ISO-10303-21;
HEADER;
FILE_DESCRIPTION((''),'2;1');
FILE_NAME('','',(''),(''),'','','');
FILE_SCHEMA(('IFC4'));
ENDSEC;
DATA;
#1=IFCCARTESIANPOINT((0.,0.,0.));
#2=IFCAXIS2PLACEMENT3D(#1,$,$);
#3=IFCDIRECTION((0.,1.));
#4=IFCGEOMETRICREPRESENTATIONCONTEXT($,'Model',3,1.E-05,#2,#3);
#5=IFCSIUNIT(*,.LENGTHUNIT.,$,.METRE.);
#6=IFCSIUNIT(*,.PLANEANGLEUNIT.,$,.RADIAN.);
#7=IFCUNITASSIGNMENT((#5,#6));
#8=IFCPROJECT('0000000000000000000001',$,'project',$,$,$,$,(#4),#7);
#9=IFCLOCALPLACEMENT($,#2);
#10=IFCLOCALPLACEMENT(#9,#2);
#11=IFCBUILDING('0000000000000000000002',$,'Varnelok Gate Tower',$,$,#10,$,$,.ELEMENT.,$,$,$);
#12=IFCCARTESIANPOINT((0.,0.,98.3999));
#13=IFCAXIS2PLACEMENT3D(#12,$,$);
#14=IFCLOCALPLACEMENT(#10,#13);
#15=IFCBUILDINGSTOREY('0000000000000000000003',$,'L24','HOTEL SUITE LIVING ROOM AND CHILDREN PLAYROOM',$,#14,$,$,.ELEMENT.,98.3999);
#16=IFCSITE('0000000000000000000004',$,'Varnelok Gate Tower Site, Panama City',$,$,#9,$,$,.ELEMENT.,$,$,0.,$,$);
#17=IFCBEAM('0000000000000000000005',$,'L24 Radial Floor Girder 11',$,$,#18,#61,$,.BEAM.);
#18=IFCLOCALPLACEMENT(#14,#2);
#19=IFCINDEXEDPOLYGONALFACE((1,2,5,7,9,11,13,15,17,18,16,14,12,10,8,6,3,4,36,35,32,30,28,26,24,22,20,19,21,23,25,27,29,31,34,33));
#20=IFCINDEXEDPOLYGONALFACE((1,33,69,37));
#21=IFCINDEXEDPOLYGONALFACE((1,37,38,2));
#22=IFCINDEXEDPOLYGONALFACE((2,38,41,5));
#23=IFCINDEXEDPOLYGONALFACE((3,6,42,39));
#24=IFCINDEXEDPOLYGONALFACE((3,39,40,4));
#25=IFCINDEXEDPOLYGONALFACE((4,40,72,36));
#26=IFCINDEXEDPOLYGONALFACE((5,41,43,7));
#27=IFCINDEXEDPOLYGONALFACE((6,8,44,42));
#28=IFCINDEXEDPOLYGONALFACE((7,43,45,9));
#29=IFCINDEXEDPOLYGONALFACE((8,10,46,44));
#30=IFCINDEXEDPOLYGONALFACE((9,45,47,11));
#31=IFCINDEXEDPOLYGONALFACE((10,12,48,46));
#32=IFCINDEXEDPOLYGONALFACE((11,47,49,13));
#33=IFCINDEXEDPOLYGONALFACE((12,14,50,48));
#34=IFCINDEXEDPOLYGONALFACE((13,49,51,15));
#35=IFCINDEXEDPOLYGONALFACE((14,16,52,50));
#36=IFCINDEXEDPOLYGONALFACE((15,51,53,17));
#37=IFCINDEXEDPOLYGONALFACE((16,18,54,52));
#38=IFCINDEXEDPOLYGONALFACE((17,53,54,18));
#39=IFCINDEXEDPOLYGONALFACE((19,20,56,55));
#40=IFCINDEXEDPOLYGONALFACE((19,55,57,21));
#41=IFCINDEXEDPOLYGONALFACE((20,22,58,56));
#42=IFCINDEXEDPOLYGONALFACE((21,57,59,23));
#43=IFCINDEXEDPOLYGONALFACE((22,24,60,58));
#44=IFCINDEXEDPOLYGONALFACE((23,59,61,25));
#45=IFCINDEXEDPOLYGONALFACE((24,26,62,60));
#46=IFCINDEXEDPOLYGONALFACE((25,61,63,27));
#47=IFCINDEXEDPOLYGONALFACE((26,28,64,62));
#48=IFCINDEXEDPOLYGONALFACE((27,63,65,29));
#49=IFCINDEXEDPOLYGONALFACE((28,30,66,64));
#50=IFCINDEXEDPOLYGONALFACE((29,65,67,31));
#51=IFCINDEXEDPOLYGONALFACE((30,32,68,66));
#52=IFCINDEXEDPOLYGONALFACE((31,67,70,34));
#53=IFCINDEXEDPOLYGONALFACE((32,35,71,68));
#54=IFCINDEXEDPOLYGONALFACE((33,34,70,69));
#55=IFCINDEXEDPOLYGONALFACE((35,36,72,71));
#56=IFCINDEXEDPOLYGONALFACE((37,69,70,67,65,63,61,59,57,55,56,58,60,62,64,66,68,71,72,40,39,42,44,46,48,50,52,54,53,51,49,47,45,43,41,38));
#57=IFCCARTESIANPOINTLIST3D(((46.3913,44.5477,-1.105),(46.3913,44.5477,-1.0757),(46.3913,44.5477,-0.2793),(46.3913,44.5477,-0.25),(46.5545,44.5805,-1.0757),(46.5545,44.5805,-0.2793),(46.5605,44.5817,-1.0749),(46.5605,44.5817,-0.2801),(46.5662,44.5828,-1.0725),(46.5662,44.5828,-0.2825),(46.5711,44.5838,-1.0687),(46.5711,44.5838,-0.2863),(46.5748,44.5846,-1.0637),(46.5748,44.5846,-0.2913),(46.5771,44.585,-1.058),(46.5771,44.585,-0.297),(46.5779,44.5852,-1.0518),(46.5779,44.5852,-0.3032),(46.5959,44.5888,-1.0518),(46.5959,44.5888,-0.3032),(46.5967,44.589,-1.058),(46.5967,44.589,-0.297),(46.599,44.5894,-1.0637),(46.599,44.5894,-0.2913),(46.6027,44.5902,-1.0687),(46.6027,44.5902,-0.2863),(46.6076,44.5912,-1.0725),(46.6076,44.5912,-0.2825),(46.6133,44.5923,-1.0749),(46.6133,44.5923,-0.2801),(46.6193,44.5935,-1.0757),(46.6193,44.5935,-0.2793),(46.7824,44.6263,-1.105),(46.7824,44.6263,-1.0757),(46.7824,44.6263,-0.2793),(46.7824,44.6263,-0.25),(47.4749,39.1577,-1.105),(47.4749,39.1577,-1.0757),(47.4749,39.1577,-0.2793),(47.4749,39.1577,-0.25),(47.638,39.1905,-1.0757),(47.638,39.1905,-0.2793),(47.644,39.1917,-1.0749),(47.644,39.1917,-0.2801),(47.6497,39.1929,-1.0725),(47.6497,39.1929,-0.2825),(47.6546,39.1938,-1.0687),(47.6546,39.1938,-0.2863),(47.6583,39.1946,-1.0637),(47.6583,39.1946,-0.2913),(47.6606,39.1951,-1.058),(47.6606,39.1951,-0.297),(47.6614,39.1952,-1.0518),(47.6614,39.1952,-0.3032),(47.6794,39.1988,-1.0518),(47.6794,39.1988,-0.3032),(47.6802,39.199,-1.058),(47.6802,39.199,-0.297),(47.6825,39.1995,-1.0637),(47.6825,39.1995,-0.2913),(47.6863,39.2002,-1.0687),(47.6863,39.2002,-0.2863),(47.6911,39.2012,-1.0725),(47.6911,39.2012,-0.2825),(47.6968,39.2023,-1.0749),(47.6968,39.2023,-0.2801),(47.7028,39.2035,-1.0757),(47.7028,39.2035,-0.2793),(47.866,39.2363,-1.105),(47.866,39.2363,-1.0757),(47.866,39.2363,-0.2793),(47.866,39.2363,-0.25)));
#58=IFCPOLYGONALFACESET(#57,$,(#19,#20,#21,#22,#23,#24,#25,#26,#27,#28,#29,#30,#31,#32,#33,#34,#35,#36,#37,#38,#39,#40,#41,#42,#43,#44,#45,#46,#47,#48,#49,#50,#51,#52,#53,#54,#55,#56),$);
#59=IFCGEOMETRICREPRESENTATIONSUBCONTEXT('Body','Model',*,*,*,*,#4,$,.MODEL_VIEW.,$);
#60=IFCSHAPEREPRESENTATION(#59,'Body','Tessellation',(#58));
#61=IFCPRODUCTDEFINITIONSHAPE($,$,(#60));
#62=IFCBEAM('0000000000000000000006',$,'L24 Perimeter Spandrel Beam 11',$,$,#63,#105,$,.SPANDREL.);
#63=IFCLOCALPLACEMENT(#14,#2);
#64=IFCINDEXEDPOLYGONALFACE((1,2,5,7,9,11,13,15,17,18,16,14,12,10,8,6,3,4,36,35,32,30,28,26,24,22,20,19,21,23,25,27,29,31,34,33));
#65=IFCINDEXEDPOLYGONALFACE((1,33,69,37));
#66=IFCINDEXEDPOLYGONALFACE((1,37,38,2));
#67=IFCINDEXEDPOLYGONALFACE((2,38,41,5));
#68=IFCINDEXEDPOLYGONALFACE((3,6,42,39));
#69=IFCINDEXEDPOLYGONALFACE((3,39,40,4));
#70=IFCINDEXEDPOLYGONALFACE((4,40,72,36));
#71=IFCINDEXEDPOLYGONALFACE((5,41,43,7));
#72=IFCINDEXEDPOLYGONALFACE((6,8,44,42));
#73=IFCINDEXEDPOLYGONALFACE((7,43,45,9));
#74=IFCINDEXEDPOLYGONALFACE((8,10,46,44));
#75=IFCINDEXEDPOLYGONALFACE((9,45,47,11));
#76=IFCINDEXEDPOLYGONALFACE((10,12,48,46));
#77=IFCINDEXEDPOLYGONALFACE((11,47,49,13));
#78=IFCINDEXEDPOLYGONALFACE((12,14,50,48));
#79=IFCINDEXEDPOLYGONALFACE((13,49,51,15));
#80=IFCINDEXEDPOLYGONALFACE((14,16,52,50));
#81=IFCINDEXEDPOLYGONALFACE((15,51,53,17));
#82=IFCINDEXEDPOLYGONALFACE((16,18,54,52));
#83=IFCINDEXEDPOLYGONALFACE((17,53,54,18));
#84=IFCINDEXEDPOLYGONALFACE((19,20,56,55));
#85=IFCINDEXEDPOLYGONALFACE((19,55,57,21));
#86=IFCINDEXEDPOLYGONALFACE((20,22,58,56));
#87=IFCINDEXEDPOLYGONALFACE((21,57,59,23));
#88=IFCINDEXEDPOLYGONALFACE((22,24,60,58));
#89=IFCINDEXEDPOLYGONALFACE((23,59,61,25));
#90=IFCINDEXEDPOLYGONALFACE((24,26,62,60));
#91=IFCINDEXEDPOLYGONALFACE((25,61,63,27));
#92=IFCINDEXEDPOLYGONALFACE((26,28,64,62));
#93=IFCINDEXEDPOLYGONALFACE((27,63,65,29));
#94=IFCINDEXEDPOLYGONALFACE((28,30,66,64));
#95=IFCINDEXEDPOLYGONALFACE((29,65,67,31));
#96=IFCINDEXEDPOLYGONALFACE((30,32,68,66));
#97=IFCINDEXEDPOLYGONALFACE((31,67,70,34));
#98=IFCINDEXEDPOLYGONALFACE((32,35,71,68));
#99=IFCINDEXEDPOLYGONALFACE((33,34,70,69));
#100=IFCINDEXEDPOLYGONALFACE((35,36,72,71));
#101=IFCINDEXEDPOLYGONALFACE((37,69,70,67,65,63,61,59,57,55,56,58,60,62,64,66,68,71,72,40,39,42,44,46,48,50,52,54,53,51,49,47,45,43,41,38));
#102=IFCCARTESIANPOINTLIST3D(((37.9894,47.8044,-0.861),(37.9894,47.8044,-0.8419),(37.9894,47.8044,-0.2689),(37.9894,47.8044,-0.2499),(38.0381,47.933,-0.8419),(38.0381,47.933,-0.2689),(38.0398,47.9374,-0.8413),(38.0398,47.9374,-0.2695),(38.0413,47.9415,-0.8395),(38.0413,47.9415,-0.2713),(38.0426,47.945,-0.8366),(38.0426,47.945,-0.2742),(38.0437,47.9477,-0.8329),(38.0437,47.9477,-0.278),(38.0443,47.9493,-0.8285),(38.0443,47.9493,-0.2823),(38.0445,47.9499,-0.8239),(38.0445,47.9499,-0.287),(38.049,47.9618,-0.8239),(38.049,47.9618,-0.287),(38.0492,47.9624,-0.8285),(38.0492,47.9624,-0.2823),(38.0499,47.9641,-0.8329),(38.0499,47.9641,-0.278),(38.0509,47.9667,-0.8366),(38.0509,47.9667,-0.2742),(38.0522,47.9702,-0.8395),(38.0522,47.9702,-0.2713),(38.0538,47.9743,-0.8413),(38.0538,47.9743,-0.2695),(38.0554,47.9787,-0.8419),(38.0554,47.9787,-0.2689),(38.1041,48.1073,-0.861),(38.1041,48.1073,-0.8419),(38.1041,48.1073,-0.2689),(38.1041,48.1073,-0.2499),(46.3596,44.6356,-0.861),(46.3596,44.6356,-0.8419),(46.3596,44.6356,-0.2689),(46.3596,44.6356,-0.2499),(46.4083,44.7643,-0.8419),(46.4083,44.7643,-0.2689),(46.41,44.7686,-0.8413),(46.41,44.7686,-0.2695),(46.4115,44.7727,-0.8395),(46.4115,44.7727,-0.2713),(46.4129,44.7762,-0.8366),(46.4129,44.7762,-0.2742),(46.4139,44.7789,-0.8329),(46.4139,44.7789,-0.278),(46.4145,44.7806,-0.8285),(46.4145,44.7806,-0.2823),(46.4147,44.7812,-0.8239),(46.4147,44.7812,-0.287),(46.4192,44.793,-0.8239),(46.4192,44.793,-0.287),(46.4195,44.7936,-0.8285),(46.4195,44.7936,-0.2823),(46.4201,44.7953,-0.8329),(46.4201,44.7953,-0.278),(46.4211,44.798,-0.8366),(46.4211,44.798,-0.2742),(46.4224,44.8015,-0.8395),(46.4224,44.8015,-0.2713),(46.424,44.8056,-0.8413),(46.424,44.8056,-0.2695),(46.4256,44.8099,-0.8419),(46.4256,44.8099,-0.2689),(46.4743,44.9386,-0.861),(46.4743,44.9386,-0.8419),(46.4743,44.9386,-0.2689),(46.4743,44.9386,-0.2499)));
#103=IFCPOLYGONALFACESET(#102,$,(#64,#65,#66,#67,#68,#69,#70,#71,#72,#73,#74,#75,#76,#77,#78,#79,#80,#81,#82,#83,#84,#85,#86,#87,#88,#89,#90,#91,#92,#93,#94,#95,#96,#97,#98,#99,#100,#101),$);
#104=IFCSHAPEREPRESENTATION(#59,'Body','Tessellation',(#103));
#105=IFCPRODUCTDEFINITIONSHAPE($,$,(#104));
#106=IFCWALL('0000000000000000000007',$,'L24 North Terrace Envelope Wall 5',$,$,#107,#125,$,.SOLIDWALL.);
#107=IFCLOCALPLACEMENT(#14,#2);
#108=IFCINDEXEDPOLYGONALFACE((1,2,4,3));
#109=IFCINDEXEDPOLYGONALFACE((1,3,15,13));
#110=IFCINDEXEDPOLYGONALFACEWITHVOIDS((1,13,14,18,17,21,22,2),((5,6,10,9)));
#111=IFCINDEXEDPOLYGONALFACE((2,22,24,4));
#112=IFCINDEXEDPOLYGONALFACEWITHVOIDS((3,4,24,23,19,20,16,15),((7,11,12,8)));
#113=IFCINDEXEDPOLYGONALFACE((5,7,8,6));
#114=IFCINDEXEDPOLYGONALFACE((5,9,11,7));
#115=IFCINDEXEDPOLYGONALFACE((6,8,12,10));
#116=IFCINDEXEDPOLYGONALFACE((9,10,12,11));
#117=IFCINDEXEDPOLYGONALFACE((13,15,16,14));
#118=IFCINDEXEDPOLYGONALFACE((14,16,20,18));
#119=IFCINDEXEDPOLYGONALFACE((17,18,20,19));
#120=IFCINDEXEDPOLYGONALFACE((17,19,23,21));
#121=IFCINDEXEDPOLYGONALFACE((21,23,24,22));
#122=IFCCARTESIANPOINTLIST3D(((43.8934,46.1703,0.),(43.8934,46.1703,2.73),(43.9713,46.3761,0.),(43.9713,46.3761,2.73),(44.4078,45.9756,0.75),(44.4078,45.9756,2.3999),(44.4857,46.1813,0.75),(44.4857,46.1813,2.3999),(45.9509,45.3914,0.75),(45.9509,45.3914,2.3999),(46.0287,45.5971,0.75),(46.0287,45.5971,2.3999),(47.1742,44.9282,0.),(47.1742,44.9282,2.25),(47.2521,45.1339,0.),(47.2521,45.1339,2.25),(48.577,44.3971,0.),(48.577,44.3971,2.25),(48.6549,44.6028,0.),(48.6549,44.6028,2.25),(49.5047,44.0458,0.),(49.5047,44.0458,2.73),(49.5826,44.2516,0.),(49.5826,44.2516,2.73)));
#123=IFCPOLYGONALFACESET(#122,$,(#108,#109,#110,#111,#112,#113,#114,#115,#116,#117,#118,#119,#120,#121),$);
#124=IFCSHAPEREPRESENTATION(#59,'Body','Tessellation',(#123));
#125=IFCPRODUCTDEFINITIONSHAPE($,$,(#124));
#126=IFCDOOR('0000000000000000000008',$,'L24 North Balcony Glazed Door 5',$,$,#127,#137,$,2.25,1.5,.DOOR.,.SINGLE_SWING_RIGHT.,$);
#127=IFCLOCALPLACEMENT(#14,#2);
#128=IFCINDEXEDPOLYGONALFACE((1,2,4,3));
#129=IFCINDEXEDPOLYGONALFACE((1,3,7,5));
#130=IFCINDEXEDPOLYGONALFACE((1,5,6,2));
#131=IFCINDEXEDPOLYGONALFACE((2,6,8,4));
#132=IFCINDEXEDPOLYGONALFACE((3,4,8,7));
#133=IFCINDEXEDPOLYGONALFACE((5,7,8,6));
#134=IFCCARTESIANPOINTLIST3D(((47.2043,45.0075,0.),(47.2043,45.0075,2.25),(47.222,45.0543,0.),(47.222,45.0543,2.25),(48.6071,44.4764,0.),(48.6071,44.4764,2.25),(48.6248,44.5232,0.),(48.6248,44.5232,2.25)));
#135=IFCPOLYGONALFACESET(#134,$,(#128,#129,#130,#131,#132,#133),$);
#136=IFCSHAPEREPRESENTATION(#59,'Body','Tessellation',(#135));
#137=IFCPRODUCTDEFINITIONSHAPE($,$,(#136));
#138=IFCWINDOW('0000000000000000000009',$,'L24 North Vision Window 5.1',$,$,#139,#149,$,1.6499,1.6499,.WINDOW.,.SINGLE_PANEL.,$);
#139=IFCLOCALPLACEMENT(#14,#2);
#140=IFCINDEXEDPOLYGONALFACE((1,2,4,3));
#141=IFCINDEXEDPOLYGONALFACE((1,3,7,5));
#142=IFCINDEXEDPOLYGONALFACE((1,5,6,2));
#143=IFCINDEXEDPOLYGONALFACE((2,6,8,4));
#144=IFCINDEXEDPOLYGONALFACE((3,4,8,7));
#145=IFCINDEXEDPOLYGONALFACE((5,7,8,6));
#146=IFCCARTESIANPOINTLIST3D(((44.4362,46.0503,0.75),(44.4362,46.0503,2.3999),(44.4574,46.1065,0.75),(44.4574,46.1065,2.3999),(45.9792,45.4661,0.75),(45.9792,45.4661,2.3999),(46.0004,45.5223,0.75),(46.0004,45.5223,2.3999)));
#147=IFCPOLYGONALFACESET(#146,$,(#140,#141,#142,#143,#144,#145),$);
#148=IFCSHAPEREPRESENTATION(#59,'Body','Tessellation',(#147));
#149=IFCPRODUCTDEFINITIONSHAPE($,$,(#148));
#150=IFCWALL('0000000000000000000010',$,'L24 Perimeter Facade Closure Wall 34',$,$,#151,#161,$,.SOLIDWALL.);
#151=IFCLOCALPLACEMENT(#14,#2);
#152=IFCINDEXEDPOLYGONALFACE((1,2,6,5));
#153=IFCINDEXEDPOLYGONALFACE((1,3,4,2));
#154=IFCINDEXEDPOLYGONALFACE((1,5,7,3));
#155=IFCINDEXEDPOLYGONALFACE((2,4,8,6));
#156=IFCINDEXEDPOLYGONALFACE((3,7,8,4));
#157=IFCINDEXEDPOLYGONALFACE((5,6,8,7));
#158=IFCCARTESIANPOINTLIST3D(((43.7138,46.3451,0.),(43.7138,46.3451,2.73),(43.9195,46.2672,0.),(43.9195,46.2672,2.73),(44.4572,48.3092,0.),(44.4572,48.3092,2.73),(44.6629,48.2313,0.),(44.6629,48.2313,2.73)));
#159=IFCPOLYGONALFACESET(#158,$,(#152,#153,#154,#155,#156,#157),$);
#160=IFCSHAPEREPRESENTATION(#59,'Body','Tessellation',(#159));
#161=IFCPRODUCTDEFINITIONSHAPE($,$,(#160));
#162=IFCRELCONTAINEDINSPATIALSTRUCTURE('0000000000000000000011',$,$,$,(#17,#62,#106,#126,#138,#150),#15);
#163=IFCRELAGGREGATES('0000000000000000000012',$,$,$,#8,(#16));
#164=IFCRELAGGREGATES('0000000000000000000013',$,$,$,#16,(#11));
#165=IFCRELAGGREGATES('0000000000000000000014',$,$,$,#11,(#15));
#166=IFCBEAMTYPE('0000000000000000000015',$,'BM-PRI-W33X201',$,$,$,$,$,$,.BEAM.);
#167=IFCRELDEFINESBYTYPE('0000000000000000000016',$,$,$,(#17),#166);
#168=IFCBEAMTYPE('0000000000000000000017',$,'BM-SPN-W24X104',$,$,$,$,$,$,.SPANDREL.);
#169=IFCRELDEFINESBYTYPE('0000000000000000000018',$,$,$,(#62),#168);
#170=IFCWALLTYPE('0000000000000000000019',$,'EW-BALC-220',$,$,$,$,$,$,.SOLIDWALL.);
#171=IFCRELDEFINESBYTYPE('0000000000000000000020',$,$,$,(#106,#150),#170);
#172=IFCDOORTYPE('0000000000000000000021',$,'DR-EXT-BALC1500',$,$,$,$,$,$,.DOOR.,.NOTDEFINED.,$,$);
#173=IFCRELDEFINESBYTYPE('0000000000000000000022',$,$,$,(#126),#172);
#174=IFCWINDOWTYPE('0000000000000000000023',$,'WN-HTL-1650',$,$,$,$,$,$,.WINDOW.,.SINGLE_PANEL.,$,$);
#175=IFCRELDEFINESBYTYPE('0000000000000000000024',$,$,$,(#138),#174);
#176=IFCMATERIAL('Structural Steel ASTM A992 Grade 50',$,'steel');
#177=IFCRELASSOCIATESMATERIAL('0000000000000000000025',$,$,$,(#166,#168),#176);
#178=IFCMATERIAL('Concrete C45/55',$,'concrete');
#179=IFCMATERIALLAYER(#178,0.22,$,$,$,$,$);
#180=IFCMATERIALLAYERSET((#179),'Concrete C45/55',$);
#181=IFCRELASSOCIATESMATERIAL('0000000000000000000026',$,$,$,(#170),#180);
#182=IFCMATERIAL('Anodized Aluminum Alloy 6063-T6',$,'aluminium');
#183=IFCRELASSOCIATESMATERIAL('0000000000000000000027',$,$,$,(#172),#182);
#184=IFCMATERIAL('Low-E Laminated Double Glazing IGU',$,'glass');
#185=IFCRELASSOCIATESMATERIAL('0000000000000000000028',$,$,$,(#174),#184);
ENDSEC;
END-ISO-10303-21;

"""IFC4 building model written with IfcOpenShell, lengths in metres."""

from ifc_helpers import new_model, si_unit, direction, frame, frame_2d, origin, origin_2d, place, context, subcontext, project, spatial, rectangle, i_section, extrude, material, layer, layer_set, material_profile, profile_set, type_object, element, fill, save


model = new_model("IFC4")

# Units and contexts
model_context = context("Model", 3, precision=1e-05, world=origin(), true_north=direction((0.0, 1.0)))
body_context = subcontext(model_context, "Body", "Model", "MODEL_VIEW")
ifc_project = project(units=[si_unit("LENGTHUNIT", "METRE"), si_unit("PLANEANGLEUNIT", "RADIAN")], contexts=[model_context])

# Site, building, storey
site_placement = place(None, origin())
site = spatial("IfcSite", under=ifc_project, at=site_placement, Name="Varnelok Gate Tower Site, Panama City", CompositionType="ELEMENT", RefElevation=0.0)
building_placement = place(site_placement, origin())
building = spatial("IfcBuilding", under=site, at=building_placement, Name="Varnelok Gate Tower", CompositionType="ELEMENT")
storey_placement = place(building_placement, frame((0.0, 0.0, 98.3999)))
storey = spatial("IfcBuildingStorey", under=building, at=storey_placement, Name="L24", Description="HOTEL SUITE LIVING ROOM AND CHILDREN PLAYROOM", CompositionType="ELEMENT", Elevation=98.3999)

# Shared definitions
ifc_material_1 = material(Name="Structural Steel ASTM A992 Grade 50", Category="steel")

# Beams
ifc_material_profile_1 = material_profile(ifc_material_1, i_section(OverallWidth=0.3989, OverallDepth=0.855, WebThickness=0.0183, FlangeThickness=0.0293, FilletRadius=0.0239, at=origin_2d()), Name="W33X201")
ifc_profile_set_1 = profile_set([ifc_material_profile_1], Name="Structural Steel ASTM A992 Grade 50")
beam_type_1 = type_object("IfcBeamType", Name="BM-PRI-W33X201", PredefinedType="BEAM", material=ifc_profile_set_1)
beam_1_placement = place(storey_placement, frame((47.6704, 39.197, -0.6775), z_axis=(-0.197081, 0.980387, 0.0), x_axis=(-0.980387, -0.197081, 0.0)))
element("IfcBeam", 1, at=beam_1_placement, inside=storey, type_object=beam_type_1, Name="L24 Radial Floor Girder 11", PredefinedType="BEAM", context=body_context, shape_type="SweptSolid", body=[
    extrude(i_section(OverallWidth=0.3989, OverallDepth=0.855, WebThickness=0.0183, FlangeThickness=0.0293, FilletRadius=0.0239, at=origin_2d()), origin(), (0.0, 0.0, 1.0), 5.4978),
])
ifc_material_profile_2 = material_profile(ifc_material_1, i_section(OverallWidth=0.324, OverallDepth=0.6111, WebThickness=0.0127, FlangeThickness=0.019, FilletRadius=0.0181, at=origin_2d()), Name="W24X104")
ifc_profile_set_2 = profile_set([ifc_material_profile_2], Name="Structural Steel ASTM A992 Grade 50")
beam_type_2 = type_object("IfcBeamType", Name="BM-SPN-W24X104", PredefinedType="SPANDREL", material=ifc_profile_set_2)
beam_2_placement = place(storey_placement, frame((46.417, 44.7871, -0.5554), z_axis=(-0.935226, 0.354051, 0.0), x_axis=(-0.354051, -0.935226, 0.0)))
element("IfcBeam", 2, at=beam_2_placement, inside=storey, type_object=beam_type_2, Name="L24 Perimeter Spandrel Beam 11", PredefinedType="SPANDREL", context=body_context, shape_type="SweptSolid", body=[
    extrude(i_section(OverallWidth=0.324, OverallDepth=0.6111, WebThickness=0.0127, FlangeThickness=0.019, FilletRadius=0.0181, at=origin_2d()), origin(), (0.0, 0.0, 1.0), 8.95),
])

# Wall, openings, door, window
ifc_material_2 = material(Name="Concrete C45/55", Category="concrete")
ifc_layer_1 = layer(ifc_material_2, 0.22)
ifc_layer_set_1 = layer_set([ifc_layer_1], Name="Concrete C45/55")
wall_type_1 = type_object("IfcWallType", Name="EW-BALC-220", PredefinedType="SOLIDWALL", material=ifc_layer_set_1)
wall_1_placement = place(storey_placement, frame((43.9324, 46.2732, 0.0), z_axis=(0.0, 0.0, 1.0), x_axis=(0.935214, -0.354083, 0.0)))
wall_1 = element("IfcWall", 3, at=wall_1_placement, inside=storey, type_object=wall_type_1, Name="L24 North Terrace Envelope Wall 5", PredefinedType="SOLIDWALL", context=body_context, shape_type="SweptSolid", body=[
    extrude(rectangle(XDim=6.0, YDim=0.22, at=frame_2d((3.0, 0.0))), origin(), (0.0, 0.0, 1.0), 2.73),
])
opening_1_placement = place(wall_1_placement, frame((3.5081, 0.0, 0.0)))
opening_1 = element("IfcOpeningElement", 4, at=opening_1_placement, cuts=wall_1, PredefinedType="OPENING", context=body_context, shape_type="SweptSolid", body=[
    extrude(rectangle(XDim=1.5, YDim=2.25, at=frame_2d((0.75, 1.125))), frame((0.0, 0.1199, 0.0), z_axis=(0.0, -1.0, 0.0), x_axis=(1.0, 0.0, 0.0)), (0.0, 0.0, 1.0), 0.24),
])
opening_2_placement = place(wall_1_placement, frame((0.55, 0.0, 0.75)))
opening_2 = element("IfcOpeningElement", 5, at=opening_2_placement, cuts=wall_1, PredefinedType="OPENING", context=body_context, shape_type="SweptSolid", body=[
    extrude(rectangle(XDim=1.6499, YDim=1.6499, at=frame_2d((0.825, 0.825))), frame((0.0, 0.1199, 0.0), z_axis=(0.0, -1.0, 0.0), x_axis=(1.0, 0.0, 0.0)), (0.0, 0.0, 1.0), 0.24),
])
ifc_material_3 = material(Name="Anodized Aluminum Alloy 6063-T6", Category="aluminium")
door_type_1 = type_object("IfcDoorType", Name="DR-EXT-BALC1500", OperationType="NOTDEFINED", PredefinedType="DOOR", material=ifc_material_3)
door_1_placement = place(opening_1_placement, origin())
door_1 = element("IfcDoor", 6, at=door_1_placement, inside=storey, type_object=door_type_1, Name="L24 North Balcony Glazed Door 5", OperationType="SINGLE_SWING_RIGHT", OverallHeight=2.25, OverallWidth=1.5, PredefinedType="DOOR", context=body_context, shape_type="SweptSolid", body=[
    extrude(rectangle(XDim=1.5, YDim=2.25, at=frame_2d((0.75, 1.125))), frame((0.0, 0.0249, 0.0), z_axis=(0.0, -1.0, 0.0), x_axis=(1.0, 0.0, 0.0)), (0.0, 0.0, 1.0), 0.05),
])
fill(opening_1, door_1)
ifc_material_4 = material(Name="Low-E Laminated Double Glazing IGU", Category="glass")
window_type = type_object("IfcWindowType", Name="WN-HTL-1650", PartitioningType="SINGLE_PANEL", PredefinedType="WINDOW", material=ifc_material_4)
window_1_placement = place(opening_2_placement, origin())
window_1 = element("IfcWindow", 7, at=window_1_placement, inside=storey, type_object=window_type, Name="L24 North Vision Window 5.1", OverallHeight=1.6499, OverallWidth=1.6499, PartitioningType="SINGLE_PANEL", PredefinedType="WINDOW", context=body_context, shape_type="SweptSolid", body=[
    extrude(rectangle(XDim=1.6499, YDim=1.6499, at=frame_2d((0.825, 0.825))), frame((0.0, 0.03, 0.0), z_axis=(0.0, -1.0, 0.0), x_axis=(1.0, 0.0, 0.0)), (0.0, 0.0, 1.0), 0.0601),
])
fill(opening_2, window_1)

# Wall
wall_2_placement = place(storey_placement, frame((43.8167, 46.3062, 0.0), z_axis=(0.0, 0.0, 1.0), x_axis=(0.353988, 0.93525, 0.0)))
element("IfcWall", 8, at=wall_2_placement, inside=storey, type_object=wall_type_1, Name="L24 Perimeter Facade Closure Wall 34", PredefinedType="SOLIDWALL", context=body_context, shape_type="SweptSolid", body=[
    extrude(rectangle(XDim=2.1001, YDim=0.22, at=frame_2d((1.05, 0.0))), origin(), (0.0, 0.0, 1.0), 2.73),
])

save(model, "model.ifc")
